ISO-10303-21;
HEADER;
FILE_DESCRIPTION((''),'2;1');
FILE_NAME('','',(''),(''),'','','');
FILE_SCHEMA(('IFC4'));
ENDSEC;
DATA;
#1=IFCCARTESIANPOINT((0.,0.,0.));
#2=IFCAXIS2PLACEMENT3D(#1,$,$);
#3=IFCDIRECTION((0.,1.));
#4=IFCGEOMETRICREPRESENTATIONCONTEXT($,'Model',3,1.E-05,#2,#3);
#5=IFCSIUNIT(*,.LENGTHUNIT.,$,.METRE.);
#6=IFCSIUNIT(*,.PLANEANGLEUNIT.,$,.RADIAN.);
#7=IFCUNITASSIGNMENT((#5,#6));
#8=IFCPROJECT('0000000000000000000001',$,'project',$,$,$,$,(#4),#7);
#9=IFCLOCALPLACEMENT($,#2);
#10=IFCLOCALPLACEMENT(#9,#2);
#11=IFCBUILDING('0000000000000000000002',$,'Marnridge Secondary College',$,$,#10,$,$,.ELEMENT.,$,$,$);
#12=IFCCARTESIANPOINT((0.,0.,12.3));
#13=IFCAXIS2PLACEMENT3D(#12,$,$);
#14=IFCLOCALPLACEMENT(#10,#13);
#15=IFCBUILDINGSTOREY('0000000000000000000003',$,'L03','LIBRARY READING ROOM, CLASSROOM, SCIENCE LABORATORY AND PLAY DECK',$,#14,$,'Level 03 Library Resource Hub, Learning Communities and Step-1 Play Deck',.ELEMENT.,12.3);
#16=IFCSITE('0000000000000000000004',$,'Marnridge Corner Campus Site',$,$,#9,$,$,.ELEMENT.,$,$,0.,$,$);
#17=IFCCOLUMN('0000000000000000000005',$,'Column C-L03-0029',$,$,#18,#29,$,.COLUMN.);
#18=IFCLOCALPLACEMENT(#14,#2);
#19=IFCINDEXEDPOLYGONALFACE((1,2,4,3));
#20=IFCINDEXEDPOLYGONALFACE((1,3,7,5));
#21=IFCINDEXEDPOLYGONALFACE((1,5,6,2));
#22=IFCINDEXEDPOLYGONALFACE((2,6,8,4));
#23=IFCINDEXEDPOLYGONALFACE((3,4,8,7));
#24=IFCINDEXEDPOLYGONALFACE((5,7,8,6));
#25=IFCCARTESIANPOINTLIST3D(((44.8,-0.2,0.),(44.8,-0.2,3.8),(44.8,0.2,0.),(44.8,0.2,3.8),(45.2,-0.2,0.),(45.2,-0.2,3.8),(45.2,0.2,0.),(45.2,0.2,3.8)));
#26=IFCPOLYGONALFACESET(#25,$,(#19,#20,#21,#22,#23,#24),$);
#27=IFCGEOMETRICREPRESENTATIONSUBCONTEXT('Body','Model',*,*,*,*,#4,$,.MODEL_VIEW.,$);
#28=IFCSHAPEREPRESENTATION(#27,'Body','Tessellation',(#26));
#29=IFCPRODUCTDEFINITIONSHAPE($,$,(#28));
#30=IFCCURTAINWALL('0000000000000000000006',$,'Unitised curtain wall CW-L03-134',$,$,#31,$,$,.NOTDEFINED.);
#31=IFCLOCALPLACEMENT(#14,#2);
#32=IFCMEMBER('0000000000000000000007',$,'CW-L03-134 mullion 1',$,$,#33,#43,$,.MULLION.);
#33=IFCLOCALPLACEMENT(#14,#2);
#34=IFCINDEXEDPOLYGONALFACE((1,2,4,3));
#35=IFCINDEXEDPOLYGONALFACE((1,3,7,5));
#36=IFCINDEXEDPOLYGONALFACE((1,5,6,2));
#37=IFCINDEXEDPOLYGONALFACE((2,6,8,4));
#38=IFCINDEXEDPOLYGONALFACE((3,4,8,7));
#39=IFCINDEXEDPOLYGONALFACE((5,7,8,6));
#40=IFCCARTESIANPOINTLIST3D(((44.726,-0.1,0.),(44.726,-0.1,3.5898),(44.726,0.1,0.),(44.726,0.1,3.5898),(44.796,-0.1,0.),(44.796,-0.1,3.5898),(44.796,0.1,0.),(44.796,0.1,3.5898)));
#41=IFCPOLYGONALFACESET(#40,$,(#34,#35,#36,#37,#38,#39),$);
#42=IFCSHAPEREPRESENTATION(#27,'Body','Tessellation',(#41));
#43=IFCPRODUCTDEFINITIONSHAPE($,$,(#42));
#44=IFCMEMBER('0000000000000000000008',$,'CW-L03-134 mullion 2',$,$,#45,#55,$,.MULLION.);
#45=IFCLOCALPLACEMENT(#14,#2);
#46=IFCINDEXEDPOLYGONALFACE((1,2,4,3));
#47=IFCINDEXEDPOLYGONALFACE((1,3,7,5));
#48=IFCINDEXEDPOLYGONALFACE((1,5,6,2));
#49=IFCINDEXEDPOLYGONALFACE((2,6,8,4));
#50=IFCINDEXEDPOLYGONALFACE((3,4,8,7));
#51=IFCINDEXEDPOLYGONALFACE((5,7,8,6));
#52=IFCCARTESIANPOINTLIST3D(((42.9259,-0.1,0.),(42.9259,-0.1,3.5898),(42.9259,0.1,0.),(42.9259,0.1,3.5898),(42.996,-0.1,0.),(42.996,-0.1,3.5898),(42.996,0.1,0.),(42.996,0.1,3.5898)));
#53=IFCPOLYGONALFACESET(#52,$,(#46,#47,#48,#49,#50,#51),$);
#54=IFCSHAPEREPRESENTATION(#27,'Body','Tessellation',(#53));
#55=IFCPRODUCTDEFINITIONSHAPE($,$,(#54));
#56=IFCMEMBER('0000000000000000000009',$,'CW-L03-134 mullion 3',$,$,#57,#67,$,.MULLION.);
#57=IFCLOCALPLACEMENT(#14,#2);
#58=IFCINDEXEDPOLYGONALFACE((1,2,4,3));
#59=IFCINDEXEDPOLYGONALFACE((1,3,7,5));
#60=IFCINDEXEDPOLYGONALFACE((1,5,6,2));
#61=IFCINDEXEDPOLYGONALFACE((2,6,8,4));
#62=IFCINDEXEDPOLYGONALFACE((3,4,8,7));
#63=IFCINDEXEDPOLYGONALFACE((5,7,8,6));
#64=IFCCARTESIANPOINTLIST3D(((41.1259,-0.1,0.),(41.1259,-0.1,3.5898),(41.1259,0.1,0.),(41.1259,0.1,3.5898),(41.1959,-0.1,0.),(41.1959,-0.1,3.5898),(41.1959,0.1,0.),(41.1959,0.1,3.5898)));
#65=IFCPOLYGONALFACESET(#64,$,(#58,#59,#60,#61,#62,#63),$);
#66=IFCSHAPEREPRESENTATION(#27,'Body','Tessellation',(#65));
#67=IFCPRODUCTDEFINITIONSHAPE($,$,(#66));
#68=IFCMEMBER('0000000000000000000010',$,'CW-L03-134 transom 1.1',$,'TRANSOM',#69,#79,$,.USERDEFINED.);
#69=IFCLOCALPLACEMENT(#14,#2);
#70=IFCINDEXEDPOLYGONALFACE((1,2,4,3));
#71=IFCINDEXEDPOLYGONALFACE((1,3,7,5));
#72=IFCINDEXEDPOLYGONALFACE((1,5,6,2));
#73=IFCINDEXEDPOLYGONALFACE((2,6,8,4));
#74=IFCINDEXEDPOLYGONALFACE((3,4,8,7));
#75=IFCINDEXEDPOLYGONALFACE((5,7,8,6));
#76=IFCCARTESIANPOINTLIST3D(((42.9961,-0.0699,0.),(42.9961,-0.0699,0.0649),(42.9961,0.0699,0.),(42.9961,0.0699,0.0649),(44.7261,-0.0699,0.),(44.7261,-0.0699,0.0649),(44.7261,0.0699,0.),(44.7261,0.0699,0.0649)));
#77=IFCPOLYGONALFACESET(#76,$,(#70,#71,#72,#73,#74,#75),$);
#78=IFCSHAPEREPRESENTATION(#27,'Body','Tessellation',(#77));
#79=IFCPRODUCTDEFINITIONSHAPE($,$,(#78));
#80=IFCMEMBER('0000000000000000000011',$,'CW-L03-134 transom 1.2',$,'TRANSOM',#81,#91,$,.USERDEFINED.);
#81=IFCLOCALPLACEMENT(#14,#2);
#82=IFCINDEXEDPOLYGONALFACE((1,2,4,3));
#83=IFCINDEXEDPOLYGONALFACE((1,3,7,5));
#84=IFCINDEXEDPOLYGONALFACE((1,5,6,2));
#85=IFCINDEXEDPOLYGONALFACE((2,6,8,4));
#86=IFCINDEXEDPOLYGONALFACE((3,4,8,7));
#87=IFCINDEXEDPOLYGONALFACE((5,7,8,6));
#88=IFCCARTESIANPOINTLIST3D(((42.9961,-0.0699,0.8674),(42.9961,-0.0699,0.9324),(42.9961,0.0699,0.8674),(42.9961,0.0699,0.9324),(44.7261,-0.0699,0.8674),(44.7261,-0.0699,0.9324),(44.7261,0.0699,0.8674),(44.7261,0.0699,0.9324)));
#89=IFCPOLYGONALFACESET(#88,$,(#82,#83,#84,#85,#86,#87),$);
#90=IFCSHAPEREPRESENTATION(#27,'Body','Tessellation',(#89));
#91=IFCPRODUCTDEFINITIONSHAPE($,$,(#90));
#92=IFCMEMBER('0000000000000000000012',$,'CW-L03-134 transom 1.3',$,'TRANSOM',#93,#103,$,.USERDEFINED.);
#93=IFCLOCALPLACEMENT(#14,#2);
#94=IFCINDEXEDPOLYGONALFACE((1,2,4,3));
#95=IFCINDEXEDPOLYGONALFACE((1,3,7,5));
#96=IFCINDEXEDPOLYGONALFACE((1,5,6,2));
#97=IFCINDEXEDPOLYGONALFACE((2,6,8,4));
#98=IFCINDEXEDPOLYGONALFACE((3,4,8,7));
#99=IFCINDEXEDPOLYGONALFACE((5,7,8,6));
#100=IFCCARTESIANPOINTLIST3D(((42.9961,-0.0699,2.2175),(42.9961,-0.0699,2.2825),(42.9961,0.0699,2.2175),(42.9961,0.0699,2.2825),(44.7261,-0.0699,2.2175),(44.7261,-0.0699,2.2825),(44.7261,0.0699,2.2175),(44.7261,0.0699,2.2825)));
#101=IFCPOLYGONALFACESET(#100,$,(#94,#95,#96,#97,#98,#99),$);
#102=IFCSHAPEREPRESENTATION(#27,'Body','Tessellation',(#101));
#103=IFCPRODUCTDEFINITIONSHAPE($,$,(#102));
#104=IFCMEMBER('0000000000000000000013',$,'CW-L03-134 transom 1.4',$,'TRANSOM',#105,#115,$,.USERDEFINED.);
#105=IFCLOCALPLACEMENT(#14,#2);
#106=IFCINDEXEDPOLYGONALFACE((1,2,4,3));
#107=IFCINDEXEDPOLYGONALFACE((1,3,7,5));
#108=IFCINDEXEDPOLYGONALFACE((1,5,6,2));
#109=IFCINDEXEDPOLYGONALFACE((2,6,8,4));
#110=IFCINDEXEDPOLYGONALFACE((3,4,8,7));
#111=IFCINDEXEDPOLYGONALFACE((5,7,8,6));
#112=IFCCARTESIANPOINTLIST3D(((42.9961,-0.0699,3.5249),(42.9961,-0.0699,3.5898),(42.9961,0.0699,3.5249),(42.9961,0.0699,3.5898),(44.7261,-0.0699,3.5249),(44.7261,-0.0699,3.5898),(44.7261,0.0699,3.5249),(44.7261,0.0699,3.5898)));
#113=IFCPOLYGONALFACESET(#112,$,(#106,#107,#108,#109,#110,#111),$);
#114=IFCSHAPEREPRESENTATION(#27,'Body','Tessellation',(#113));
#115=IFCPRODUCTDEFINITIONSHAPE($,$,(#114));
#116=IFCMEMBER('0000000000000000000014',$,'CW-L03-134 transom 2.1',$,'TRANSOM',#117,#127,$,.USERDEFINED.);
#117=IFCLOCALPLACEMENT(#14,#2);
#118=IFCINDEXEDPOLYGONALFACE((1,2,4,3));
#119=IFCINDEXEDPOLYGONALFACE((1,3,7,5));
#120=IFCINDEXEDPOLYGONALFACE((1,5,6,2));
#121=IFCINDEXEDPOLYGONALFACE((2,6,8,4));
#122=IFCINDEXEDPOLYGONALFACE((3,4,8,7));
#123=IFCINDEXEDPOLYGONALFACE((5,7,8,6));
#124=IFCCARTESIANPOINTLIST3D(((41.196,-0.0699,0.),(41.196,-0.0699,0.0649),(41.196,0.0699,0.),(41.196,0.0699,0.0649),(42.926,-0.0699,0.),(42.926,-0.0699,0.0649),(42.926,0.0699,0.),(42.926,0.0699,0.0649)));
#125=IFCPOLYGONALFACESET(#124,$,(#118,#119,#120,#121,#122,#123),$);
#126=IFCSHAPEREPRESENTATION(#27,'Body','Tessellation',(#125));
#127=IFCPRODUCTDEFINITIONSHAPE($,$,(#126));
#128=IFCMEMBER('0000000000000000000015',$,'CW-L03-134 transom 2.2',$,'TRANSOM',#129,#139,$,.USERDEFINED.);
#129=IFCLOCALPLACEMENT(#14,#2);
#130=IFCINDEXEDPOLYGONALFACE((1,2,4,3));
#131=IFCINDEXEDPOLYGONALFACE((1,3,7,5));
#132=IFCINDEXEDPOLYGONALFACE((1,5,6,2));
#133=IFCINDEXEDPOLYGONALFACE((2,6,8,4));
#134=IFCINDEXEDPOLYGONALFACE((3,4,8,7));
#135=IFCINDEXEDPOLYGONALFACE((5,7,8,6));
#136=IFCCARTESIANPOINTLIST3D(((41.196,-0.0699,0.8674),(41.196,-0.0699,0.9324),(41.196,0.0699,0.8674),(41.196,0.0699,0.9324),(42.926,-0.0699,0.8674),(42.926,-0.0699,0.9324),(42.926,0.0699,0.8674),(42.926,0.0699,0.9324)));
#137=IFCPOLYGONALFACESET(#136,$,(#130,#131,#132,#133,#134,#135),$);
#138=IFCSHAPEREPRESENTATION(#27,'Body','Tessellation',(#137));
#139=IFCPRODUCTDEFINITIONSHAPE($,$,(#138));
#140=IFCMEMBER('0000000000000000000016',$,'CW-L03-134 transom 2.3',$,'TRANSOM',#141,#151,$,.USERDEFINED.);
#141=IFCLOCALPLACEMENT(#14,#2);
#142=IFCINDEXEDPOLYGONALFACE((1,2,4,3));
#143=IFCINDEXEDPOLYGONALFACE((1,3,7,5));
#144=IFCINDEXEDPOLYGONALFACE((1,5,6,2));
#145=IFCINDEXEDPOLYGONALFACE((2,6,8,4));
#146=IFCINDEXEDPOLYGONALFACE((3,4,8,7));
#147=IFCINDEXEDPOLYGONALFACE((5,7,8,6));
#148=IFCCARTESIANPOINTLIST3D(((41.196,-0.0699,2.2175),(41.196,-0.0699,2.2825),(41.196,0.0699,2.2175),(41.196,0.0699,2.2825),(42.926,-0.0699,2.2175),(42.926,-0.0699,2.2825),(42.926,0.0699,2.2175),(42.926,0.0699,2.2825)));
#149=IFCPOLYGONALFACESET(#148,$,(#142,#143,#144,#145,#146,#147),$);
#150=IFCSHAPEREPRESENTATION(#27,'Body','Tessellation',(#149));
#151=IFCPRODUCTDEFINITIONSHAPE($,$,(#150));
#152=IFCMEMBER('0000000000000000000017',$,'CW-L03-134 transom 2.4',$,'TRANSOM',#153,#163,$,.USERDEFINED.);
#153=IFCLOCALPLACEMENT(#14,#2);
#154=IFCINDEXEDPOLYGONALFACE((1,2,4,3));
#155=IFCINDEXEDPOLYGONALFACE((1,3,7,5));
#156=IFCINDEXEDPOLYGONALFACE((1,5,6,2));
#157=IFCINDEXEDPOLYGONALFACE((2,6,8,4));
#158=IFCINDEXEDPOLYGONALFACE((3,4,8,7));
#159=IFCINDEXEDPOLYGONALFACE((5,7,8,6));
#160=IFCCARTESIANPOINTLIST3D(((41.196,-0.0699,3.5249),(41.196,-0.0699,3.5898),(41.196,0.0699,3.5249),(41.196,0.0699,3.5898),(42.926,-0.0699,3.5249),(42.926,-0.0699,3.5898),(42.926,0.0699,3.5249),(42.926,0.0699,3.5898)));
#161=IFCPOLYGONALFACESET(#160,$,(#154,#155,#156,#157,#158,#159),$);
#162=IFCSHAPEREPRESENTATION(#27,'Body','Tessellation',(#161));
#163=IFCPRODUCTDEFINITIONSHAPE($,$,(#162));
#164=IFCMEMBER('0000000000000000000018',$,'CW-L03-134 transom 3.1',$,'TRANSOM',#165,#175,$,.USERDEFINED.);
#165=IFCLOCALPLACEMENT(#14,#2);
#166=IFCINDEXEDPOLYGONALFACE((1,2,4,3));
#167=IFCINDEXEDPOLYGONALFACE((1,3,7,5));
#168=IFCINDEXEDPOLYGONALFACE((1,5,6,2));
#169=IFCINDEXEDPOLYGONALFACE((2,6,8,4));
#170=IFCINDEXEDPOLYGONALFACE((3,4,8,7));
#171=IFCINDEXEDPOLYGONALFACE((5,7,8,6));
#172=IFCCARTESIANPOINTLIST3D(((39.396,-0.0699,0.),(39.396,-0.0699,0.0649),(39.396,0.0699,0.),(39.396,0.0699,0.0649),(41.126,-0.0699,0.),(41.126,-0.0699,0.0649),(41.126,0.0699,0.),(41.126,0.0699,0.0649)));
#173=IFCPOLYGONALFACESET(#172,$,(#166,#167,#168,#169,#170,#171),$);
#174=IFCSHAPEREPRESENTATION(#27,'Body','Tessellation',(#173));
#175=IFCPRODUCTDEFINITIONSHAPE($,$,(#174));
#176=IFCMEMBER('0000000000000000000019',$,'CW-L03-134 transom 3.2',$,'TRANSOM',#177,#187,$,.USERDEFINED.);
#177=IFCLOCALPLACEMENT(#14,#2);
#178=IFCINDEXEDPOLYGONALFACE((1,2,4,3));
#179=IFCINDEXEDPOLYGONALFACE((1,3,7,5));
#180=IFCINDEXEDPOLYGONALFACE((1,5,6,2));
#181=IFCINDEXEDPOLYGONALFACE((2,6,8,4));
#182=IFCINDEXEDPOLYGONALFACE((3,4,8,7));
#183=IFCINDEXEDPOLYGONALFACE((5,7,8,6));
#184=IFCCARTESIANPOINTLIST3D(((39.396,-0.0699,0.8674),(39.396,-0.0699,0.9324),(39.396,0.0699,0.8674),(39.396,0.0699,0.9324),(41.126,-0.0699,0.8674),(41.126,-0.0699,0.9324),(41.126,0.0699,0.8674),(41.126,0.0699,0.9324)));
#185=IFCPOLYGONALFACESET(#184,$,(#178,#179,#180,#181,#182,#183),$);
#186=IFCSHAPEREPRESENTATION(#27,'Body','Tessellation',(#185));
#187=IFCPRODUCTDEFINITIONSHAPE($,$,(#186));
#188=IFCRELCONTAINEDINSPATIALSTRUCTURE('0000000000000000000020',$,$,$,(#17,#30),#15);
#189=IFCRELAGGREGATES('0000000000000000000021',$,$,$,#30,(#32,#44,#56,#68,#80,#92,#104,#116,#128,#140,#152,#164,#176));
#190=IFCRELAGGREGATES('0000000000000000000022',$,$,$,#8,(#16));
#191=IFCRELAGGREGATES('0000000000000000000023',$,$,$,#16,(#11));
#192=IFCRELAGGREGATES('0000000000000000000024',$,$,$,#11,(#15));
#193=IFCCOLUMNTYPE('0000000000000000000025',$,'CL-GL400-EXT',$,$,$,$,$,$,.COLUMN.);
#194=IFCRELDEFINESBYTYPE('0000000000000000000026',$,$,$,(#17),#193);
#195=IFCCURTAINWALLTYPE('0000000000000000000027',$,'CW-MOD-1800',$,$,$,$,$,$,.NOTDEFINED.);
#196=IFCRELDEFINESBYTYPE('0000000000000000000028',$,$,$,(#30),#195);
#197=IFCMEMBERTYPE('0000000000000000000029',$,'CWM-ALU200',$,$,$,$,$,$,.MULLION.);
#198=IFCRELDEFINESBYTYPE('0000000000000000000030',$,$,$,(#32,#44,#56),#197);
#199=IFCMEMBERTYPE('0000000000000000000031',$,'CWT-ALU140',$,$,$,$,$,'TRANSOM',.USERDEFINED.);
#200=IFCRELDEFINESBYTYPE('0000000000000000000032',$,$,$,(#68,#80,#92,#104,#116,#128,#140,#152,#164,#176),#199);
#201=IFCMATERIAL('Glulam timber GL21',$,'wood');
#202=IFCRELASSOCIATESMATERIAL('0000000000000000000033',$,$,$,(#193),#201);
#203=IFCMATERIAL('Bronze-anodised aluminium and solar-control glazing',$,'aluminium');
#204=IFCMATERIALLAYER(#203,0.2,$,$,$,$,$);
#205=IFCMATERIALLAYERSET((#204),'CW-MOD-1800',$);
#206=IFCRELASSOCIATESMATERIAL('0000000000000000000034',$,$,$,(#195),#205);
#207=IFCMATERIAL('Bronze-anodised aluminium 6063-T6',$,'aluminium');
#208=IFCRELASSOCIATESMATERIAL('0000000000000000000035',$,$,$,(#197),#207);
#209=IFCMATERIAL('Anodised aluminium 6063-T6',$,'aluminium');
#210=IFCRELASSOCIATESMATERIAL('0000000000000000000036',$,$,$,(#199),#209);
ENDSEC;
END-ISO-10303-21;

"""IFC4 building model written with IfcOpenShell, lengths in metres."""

from ifc_helpers import new_model, si_unit, direction, frame, origin, origin_2d, place, context, subcontext, project, spatial, rectangle, extrude, material, layer, layer_set, material_profile, profile_set, type_object, element, aggregate, save


model = new_model("IFC4")

# Units and contexts
model_context = context("Model", 3, precision=1e-05, world=origin(), true_north=direction((0.0, 1.0)))
body_context = subcontext(model_context, "Body", "Model", "MODEL_VIEW")
ifc_project = project(units=[si_unit("LENGTHUNIT", "METRE"), si_unit("PLANEANGLEUNIT", "RADIAN")], contexts=[model_context])

# Site, building, storey
site_placement = place(None, origin())
site = spatial("IfcSite", under=ifc_project, at=site_placement, Name="Marnridge Corner Campus Site", CompositionType="ELEMENT", RefElevation=0.0)
building_placement = place(site_placement, origin())
building = spatial("IfcBuilding", under=site, at=building_placement, Name="Marnridge Secondary College", CompositionType="ELEMENT")
storey_placement = place(building_placement, frame((0.0, 0.0, 12.3)))
storey = spatial("IfcBuildingStorey", under=building, at=storey_placement, Name="L03", Description="LIBRARY READING ROOM, CLASSROOM, SCIENCE LABORATORY AND PLAY DECK", LongName="Level 03 Library Resource Hub, Learning Communities and Step-1 Play Deck", CompositionType="ELEMENT", Elevation=12.3)

# Column
ifc_material_1 = material(Name="Glulam timber GL21", Category="wood")
ifc_material_profile_1 = material_profile(ifc_material_1, rectangle(XDim=0.3999, YDim=0.3999, at=origin_2d()), Name="GL21 400x400")
ifc_profile_set_1 = profile_set([ifc_material_profile_1], Name="Glulam timber GL21")
column_type = type_object("IfcColumnType", Name="CL-GL400-EXT", PredefinedType="COLUMN", material=ifc_profile_set_1)
column_placement = place(storey_placement, frame((45.0, 0.0, 0.0), z_axis=(0.0, 0.0, 1.0), x_axis=(1.0, 0.0, 0.0)))
element("IfcColumn", 1, at=column_placement, inside=storey, type_object=column_type, Name="Column C-L03-0029", PredefinedType="COLUMN", context=body_context, shape_type="SweptSolid", body=[
    extrude(rectangle(XDim=0.3999, YDim=0.3999, at=origin_2d()), origin(), (0.0, 0.0, 1.0), 3.8),
])

# Curtain wall, members
ifc_material_2 = material(Name="Bronze-anodised aluminium and solar-control glazing", Category="aluminium")
ifc_layer_1 = layer(ifc_material_2, 0.2)
ifc_layer_set_1 = layer_set([ifc_layer_1], Name="CW-MOD-1800")
curtain_wall_type = type_object("IfcCurtainWallType", Name="CW-MOD-1800", PredefinedType="NOTDEFINED", material=ifc_layer_set_1)
curtain_wall_placement = place(storey_placement, origin())
curtain_wall = element("IfcCurtainWall", 2, at=curtain_wall_placement, inside=storey, type_object=curtain_wall_type, Name="Unitised curtain wall CW-L03-134", PredefinedType="NOTDEFINED")
ifc_material_3 = material(Name="Bronze-anodised aluminium 6063-T6", Category="aluminium")
ifc_material_profile_2 = material_profile(ifc_material_3, rectangle(XDim=0.0701, YDim=0.2, at=origin_2d()), Name="ALU 70x200")
ifc_profile_set_2 = profile_set([ifc_material_profile_2], Name="Bronze-anodised aluminium 6063-T6")
member_type_1 = type_object("IfcMemberType", Name="CWM-ALU200", PredefinedType="MULLION", material=ifc_profile_set_2)
member_1_placement = place(storey_placement, frame((44.761, 0.0, 0.0), z_axis=(0.0, 0.0, 1.0), x_axis=(-1.0, 0.0, 0.0)))
member_1 = element("IfcMember", 3, at=member_1_placement, type_object=member_type_1, Name="CW-L03-134 mullion 1", PredefinedType="MULLION", context=body_context, shape_type="SweptSolid", body=[
    extrude(rectangle(XDim=0.0701, YDim=0.2, at=origin_2d()), origin(), (0.0, 0.0, 1.0), 3.5898),
])
member_2_placement = place(storey_placement, frame((42.9609, 0.0, 0.0), z_axis=(0.0, 0.0, 1.0), x_axis=(-1.0, 0.0, 0.0)))
member_2 = element("IfcMember", 4, at=member_2_placement, type_object=member_type_1, Name="CW-L03-134 mullion 2", PredefinedType="MULLION", context=body_context, shape_type="SweptSolid", body=[
    extrude(rectangle(XDim=0.0701, YDim=0.2, at=origin_2d()), origin(), (0.0, 0.0, 1.0), 3.5898),
])
member_3_placement = place(storey_placement, frame((41.1609, 0.0, 0.0), z_axis=(0.0, 0.0, 1.0), x_axis=(-1.0, 0.0, 0.0)))
member_3 = element("IfcMember", 5, at=member_3_placement, type_object=member_type_1, Name="CW-L03-134 mullion 3", PredefinedType="MULLION", context=body_context, shape_type="SweptSolid", body=[
    extrude(rectangle(XDim=0.0701, YDim=0.2, at=origin_2d()), origin(), (0.0, 0.0, 1.0), 3.5898),
])
ifc_material_4 = material(Name="Anodised aluminium 6063-T6", Category="aluminium")
ifc_material_profile_3 = material_profile(ifc_material_4, rectangle(XDim=0.0649, YDim=0.1399, at=origin_2d()), Name="ALU 65x140")
ifc_profile_set_3 = profile_set([ifc_material_profile_3], Name="Anodised aluminium 6063-T6")
member_type_2 = type_object("IfcMemberType", Name="CWT-ALU140", ElementType="TRANSOM", PredefinedType="USERDEFINED", material=ifc_profile_set_3)
member_4_placement = place(storey_placement, frame((44.7261, 0.0, 0.0325), z_axis=(-1.0, 0.0, 0.0), x_axis=(0.0, 0.0, 1.0)))
member_4 = element("IfcMember", 6, at=member_4_placement, type_object=member_type_2, Name="CW-L03-134 transom 1.1", ObjectType="TRANSOM", PredefinedType="USERDEFINED", context=body_context, shape_type="SweptSolid", body=[
    extrude(rectangle(XDim=0.0649, YDim=0.1399, at=origin_2d()), origin(), (0.0, 0.0, 1.0), 1.73),
])
member_5_placement = place(storey_placement, frame((44.7261, 0.0, 0.8999), z_axis=(-1.0, 0.0, 0.0), x_axis=(0.0, 0.0, 1.0)))
member_5 = element("IfcMember", 7, at=member_5_placement, type_object=member_type_2, Name="CW-L03-134 transom 1.2", ObjectType="TRANSOM", PredefinedType="USERDEFINED", context=body_context, shape_type="SweptSolid", body=[
    extrude(rectangle(XDim=0.0649, YDim=0.1399, at=origin_2d()), origin(), (0.0, 0.0, 1.0), 1.73),
])
member_6_placement = place(storey_placement, frame((44.7261, 0.0, 2.25), z_axis=(-1.0, 0.0, 0.0), x_axis=(0.0, 0.0, 1.0)))
member_6 = element("IfcMember", 8, at=member_6_placement, type_object=member_type_2, Name="CW-L03-134 transom 1.3", ObjectType="TRANSOM", PredefinedType="USERDEFINED", context=body_context, shape_type="SweptSolid", body=[
    extrude(rectangle(XDim=0.0649, YDim=0.1399, at=origin_2d()), origin(), (0.0, 0.0, 1.0), 1.73),
])
member_7_placement = place(storey_placement, frame((44.7261, 0.0, 3.5574), z_axis=(-1.0, 0.0, 0.0), x_axis=(0.0, 0.0, 1.0)))
member_7 = element("IfcMember", 9, at=member_7_placement, type_object=member_type_2, Name="CW-L03-134 transom 1.4", ObjectType="TRANSOM", PredefinedType="USERDEFINED", context=body_context, shape_type="SweptSolid", body=[
    extrude(rectangle(XDim=0.0649, YDim=0.1399, at=origin_2d()), origin(), (0.0, 0.0, 1.0), 1.73),
])
member_8_placement = place(storey_placement, frame((42.926, 0.0, 0.0325), z_axis=(-1.0, 0.0, 0.0), x_axis=(0.0, 0.0, 1.0)))
member_8 = element("IfcMember", 10, at=member_8_placement, type_object=member_type_2, Name="CW-L03-134 transom 2.1", ObjectType="TRANSOM", PredefinedType="USERDEFINED", context=body_context, shape_type="SweptSolid", body=[
    extrude(rectangle(XDim=0.0649, YDim=0.1399, at=origin_2d()), origin(), (0.0, 0.0, 1.0), 1.73),
])
member_9_placement = place(storey_placement, frame((42.926, 0.0, 0.8999), z_axis=(-1.0, 0.0, 0.0), x_axis=(0.0, 0.0, 1.0)))
member_9 = element("IfcMember", 11, at=member_9_placement, type_object=member_type_2, Name="CW-L03-134 transom 2.2", ObjectType="TRANSOM", PredefinedType="USERDEFINED", context=body_context, shape_type="SweptSolid", body=[
    extrude(rectangle(XDim=0.0649, YDim=0.1399, at=origin_2d()), origin(), (0.0, 0.0, 1.0), 1.73),
])
member_10_placement = place(storey_placement, frame((42.926, 0.0, 2.25), z_axis=(-1.0, 0.0, 0.0), x_axis=(0.0, 0.0, 1.0)))
member_10 = element("IfcMember", 12, at=member_10_placement, type_object=member_type_2, Name="CW-L03-134 transom 2.3", ObjectType="TRANSOM", PredefinedType="USERDEFINED", context=body_context, shape_type="SweptSolid", body=[
    extrude(rectangle(XDim=0.0649, YDim=0.1399, at=origin_2d()), origin(), (0.0, 0.0, 1.0), 1.73),
])
member_11_placement = place(storey_placement, frame((42.926, 0.0, 3.5574), z_axis=(-1.0, 0.0, 0.0), x_axis=(0.0, 0.0, 1.0)))
member_11 = element("IfcMember", 13, at=member_11_placement, type_object=member_type_2, Name="CW-L03-134 transom 2.4", ObjectType="TRANSOM", PredefinedType="USERDEFINED", context=body_context, shape_type="SweptSolid", body=[
    extrude(rectangle(XDim=0.0649, YDim=0.1399, at=origin_2d()), origin(), (0.0, 0.0, 1.0), 1.73),
])
member_12_placement = place(storey_placement, frame((41.126, 0.0, 0.0325), z_axis=(-1.0, 0.0, 0.0), x_axis=(0.0, 0.0, 1.0)))
member_12 = element("IfcMember", 14, at=member_12_placement, type_object=member_type_2, Name="CW-L03-134 transom 3.1", ObjectType="TRANSOM", PredefinedType="USERDEFINED", context=body_context, shape_type="SweptSolid", body=[
    extrude(rectangle(XDim=0.0649, YDim=0.1399, at=origin_2d()), origin(), (0.0, 0.0, 1.0), 1.73),
])
member_13_placement = place(storey_placement, frame((41.126, 0.0, 0.8999), z_axis=(-1.0, 0.0, 0.0), x_axis=(0.0, 0.0, 1.0)))
member_13 = element("IfcMember", 15, at=member_13_placement, type_object=member_type_2, Name="CW-L03-134 transom 3.2", ObjectType="TRANSOM", PredefinedType="USERDEFINED", context=body_context, shape_type="SweptSolid", body=[
    extrude(rectangle(XDim=0.0649, YDim=0.1399, at=origin_2d()), origin(), (0.0, 0.0, 1.0), 1.73),
])
aggregate(curtain_wall, [member_1, member_2, member_3, member_4, member_5, member_6, member_7, member_8, member_9, member_10, member_11, member_12, member_13])

save(model, "model.ifc")
